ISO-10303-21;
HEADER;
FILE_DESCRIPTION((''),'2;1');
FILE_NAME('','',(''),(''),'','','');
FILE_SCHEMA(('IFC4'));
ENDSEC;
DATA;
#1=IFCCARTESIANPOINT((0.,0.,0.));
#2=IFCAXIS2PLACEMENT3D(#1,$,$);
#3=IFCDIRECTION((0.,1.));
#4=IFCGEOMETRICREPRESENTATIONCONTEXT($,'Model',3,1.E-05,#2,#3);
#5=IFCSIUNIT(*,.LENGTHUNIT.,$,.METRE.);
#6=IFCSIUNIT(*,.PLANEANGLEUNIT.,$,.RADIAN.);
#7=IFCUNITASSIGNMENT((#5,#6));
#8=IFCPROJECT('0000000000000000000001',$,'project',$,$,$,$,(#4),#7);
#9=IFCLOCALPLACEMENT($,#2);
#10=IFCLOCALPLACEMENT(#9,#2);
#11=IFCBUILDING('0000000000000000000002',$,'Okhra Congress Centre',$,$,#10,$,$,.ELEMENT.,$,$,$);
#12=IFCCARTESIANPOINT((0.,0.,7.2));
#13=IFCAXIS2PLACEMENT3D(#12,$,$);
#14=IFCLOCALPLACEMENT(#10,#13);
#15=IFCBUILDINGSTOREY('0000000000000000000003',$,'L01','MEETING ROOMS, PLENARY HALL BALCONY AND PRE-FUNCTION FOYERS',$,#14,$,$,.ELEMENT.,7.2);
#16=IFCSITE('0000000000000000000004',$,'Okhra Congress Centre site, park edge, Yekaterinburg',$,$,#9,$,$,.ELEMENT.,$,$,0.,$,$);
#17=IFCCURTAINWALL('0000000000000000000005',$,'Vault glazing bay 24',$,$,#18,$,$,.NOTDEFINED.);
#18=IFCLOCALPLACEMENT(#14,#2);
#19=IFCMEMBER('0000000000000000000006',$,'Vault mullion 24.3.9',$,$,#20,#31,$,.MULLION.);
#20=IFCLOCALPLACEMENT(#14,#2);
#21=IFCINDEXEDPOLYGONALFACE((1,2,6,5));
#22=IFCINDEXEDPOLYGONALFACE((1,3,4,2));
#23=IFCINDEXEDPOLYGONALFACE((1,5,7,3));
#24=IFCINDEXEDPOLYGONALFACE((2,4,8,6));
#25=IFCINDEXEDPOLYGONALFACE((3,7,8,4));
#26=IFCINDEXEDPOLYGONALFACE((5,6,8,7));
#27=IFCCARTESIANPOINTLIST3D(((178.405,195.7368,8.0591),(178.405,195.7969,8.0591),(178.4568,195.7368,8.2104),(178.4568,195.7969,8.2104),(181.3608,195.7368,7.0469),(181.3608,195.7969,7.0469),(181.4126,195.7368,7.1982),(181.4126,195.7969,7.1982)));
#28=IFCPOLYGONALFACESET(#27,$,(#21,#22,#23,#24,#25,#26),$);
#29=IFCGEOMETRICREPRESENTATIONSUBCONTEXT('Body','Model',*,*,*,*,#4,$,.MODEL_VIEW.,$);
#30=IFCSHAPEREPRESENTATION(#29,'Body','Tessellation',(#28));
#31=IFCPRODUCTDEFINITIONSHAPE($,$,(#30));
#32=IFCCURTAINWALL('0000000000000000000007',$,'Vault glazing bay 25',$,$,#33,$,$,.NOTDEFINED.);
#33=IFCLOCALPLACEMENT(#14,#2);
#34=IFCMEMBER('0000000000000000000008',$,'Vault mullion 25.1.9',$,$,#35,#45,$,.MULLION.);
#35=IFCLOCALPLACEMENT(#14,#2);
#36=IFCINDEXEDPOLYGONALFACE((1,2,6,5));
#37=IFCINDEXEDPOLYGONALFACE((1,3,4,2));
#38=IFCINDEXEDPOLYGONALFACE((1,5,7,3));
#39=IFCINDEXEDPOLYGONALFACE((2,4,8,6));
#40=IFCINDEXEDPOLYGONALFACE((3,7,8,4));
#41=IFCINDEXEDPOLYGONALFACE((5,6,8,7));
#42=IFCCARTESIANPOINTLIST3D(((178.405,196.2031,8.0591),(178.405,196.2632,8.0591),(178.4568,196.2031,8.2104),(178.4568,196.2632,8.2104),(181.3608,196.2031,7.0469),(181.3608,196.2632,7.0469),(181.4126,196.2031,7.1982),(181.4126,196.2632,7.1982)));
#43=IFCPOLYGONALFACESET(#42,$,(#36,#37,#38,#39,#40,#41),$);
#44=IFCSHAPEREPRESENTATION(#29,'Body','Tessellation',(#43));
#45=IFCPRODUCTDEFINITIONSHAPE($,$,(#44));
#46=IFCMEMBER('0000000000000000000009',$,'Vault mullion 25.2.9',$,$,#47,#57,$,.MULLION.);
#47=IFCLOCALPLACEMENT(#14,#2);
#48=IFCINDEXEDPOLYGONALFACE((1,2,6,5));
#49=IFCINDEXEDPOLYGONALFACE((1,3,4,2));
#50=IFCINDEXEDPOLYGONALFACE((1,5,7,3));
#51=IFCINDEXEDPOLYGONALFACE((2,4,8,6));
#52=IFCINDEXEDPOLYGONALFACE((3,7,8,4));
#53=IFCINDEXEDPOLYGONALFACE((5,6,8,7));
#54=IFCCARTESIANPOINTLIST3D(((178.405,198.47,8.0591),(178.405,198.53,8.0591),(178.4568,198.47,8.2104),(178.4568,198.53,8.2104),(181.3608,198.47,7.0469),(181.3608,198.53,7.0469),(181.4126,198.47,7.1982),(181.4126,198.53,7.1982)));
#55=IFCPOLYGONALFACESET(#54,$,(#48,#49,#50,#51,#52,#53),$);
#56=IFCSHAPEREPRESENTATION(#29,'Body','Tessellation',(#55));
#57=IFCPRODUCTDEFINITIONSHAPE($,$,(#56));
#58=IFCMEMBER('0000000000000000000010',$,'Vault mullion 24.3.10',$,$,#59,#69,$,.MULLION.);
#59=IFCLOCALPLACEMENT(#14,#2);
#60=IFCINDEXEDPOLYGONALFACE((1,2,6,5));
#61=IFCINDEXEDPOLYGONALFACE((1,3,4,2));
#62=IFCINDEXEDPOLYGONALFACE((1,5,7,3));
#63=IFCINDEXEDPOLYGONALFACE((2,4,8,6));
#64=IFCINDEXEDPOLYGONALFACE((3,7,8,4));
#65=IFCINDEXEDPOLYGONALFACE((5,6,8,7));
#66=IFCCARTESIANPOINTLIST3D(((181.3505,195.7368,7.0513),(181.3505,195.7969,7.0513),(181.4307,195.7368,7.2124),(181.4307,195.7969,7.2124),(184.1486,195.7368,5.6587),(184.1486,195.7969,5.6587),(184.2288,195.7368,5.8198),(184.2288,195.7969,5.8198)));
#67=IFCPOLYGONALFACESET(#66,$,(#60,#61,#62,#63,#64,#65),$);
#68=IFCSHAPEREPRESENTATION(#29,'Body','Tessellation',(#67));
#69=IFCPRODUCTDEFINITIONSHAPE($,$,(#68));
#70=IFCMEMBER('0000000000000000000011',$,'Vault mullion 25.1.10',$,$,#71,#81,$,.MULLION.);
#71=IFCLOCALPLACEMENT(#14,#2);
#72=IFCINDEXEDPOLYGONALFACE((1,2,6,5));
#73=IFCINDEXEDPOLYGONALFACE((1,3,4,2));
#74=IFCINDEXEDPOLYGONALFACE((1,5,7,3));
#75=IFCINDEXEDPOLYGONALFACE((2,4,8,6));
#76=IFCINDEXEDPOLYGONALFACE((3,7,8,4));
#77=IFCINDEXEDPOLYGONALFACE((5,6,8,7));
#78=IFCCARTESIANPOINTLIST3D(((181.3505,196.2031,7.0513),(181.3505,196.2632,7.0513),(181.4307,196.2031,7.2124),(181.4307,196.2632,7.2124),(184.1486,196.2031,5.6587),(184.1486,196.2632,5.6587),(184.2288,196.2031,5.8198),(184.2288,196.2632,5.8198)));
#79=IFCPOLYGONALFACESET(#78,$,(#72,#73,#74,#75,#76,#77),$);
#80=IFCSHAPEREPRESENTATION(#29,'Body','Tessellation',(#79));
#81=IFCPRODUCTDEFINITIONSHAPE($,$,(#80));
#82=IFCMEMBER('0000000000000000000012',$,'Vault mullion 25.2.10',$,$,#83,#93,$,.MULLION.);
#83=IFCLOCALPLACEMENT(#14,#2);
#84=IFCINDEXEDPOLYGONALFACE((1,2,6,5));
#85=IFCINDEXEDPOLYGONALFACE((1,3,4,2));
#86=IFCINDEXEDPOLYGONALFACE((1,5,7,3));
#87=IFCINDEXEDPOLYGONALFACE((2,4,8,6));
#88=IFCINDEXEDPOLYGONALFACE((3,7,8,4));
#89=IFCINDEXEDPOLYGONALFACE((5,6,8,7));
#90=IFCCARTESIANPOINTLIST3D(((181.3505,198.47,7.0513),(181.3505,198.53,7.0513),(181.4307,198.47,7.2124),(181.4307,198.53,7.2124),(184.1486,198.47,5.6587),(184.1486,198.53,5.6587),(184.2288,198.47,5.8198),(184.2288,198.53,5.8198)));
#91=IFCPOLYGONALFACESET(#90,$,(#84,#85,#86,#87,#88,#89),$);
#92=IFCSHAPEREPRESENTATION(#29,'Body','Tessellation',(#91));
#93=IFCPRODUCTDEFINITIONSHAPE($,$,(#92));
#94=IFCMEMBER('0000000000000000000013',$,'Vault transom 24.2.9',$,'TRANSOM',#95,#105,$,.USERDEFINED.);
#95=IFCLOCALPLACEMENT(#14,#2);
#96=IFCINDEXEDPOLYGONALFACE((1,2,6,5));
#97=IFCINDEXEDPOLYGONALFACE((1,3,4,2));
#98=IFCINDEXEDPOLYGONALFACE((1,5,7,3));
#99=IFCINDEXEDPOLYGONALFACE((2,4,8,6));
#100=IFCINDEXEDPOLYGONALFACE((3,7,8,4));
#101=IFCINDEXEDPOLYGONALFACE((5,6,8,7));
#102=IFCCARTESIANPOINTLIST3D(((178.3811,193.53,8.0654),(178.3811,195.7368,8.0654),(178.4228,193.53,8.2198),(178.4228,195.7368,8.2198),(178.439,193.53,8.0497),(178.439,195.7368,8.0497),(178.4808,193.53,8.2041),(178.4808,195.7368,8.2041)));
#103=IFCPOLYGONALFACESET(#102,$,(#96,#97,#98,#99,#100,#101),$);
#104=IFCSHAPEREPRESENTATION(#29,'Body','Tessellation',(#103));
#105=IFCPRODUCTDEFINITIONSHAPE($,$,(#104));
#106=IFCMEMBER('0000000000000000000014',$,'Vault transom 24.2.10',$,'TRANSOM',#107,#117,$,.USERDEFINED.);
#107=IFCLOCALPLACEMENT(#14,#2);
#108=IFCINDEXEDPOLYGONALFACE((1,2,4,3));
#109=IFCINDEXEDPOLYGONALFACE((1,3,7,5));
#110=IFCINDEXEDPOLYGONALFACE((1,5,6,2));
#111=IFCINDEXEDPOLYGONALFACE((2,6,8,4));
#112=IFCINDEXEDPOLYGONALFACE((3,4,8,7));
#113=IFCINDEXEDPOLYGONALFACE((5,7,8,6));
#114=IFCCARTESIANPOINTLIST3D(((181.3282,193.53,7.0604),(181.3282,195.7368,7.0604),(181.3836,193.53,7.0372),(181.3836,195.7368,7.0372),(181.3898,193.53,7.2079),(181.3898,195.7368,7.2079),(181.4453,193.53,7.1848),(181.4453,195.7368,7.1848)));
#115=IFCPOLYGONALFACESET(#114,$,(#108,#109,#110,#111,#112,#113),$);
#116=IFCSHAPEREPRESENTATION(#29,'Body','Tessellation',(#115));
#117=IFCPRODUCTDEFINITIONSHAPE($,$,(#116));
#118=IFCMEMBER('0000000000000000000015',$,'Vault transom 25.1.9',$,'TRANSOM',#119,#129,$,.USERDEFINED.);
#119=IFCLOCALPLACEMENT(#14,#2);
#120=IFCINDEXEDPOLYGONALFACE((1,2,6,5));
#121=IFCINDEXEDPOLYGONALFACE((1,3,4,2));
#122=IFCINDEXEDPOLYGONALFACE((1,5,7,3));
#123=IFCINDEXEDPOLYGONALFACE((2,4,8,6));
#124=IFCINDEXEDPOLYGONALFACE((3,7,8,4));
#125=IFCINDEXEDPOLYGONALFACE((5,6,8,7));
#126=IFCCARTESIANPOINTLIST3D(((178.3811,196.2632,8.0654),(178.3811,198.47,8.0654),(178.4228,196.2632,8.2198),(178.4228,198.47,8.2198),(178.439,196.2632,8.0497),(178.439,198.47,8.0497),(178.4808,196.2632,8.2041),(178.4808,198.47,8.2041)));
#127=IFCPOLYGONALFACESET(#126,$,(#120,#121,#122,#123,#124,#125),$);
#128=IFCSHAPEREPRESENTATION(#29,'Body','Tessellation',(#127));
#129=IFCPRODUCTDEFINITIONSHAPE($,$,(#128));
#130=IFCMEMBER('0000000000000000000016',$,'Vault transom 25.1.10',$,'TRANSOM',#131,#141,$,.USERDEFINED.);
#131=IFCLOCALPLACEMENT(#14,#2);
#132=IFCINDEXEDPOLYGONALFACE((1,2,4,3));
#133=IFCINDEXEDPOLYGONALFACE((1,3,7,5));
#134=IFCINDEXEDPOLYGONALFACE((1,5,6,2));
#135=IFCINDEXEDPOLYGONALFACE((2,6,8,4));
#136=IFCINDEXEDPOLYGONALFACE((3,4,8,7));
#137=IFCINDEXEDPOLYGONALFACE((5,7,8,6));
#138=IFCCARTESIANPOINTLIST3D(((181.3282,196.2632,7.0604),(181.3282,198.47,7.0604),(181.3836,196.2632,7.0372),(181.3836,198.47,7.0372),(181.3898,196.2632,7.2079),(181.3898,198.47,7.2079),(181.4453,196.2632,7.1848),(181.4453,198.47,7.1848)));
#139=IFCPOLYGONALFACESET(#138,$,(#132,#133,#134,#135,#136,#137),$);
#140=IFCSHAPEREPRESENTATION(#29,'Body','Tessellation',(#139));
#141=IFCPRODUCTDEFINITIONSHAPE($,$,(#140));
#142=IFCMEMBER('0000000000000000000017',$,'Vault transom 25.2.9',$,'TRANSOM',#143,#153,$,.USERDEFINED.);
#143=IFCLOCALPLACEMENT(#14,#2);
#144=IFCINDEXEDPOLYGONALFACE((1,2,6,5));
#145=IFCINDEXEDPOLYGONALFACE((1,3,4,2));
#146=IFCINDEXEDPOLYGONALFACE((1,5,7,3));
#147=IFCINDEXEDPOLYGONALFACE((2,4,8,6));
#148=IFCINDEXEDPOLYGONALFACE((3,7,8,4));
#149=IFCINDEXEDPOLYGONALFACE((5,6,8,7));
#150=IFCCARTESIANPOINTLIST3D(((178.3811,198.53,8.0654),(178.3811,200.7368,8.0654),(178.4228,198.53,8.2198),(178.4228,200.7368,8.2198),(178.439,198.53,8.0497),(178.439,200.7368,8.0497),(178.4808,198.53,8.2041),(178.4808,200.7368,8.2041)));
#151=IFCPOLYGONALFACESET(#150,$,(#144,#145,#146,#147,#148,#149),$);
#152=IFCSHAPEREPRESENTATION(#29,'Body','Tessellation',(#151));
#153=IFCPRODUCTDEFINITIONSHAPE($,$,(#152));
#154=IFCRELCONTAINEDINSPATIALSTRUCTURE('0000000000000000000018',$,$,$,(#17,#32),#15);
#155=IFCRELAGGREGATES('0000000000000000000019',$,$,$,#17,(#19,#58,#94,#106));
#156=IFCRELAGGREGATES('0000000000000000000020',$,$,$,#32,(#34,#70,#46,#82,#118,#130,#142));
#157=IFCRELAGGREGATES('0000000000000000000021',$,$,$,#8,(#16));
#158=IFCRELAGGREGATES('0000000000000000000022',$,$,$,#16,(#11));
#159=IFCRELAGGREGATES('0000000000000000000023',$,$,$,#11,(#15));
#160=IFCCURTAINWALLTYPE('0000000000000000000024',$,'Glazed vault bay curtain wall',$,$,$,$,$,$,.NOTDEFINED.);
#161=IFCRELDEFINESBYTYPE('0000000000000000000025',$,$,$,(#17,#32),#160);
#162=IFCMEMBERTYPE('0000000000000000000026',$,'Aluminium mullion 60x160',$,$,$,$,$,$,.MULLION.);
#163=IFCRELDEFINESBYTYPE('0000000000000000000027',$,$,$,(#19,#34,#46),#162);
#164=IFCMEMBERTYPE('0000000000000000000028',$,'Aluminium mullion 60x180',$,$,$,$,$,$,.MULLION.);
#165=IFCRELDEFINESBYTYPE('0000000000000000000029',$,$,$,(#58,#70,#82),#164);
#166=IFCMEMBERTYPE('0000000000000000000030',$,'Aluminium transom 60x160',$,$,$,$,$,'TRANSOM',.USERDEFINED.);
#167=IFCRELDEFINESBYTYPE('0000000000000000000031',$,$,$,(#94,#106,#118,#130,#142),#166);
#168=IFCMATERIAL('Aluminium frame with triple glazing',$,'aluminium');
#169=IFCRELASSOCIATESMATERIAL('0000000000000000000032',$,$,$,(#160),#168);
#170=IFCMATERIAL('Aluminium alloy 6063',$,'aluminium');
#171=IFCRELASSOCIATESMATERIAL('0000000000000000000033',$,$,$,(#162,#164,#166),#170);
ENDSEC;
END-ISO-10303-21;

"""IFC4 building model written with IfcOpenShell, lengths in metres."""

from ifc_helpers import new_model, si_unit, direction, frame, origin, origin_2d, place, context, subcontext, project, spatial, rectangle, extrude, material, material_profile, profile_set, type_object, element, aggregate, save


model = new_model("IFC4")

# Units and contexts
model_context = context("Model", 3, precision=1e-05, world=origin(), true_north=direction((0.0, 1.0)))
body_context = subcontext(model_context, "Body", "Model", "MODEL_VIEW")
ifc_project = project(units=[si_unit("LENGTHUNIT", "METRE"), si_unit("PLANEANGLEUNIT", "RADIAN")], contexts=[model_context])

# Site, building, storey
site_placement = place(None, origin())
site = spatial("IfcSite", under=ifc_project, at=site_placement, Name="Okhra Congress Centre site, park edge, Yekaterinburg", CompositionType="ELEMENT", RefElevation=0.0)
building_placement = place(site_placement, origin())
building = spatial("IfcBuilding", under=site, at=building_placement, Name="Okhra Congress Centre", CompositionType="ELEMENT")
storey_placement = place(building_placement, frame((0.0, 0.0, 7.2)))
storey = spatial("IfcBuildingStorey", under=building, at=storey_placement, Name="L01", Description="MEETING ROOMS, PLENARY HALL BALCONY AND PRE-FUNCTION FOYERS", CompositionType="ELEMENT", Elevation=7.2)

# Curtain wall, member
ifc_material_1 = material(Name="Aluminium frame with triple glazing", Category="aluminium")
curtain_wall_type = type_object("IfcCurtainWallType", Name="Glazed vault bay curtain wall", PredefinedType="NOTDEFINED", material=ifc_material_1)
curtain_wall_1_placement = place(storey_placement, origin())
curtain_wall_1 = element("IfcCurtainWall", 1, at=curtain_wall_1_placement, inside=storey, type_object=curtain_wall_type, Name="Vault glazing bay 24", PredefinedType="NOTDEFINED")
ifc_material_2 = material(Name="Aluminium alloy 6063", Category="aluminium")
ifc_material_profile_1 = material_profile(ifc_material_2, rectangle(XDim=0.0601, YDim=0.1599, at=origin_2d()), Name="AL 60x160")
ifc_profile_set_1 = profile_set([ifc_material_profile_1], Name="Aluminium alloy 6063")
member_type_1 = type_object("IfcMemberType", Name="Aluminium mullion 60x160", PredefinedType="MULLION", material=ifc_profile_set_1)
member_1_placement = place(storey_placement, frame((178.4309, 195.7668, 8.1348), z_axis=(0.946065, 0.0, -0.323977), x_axis=(0.0, 1.0, 0.0)))
member_1 = element("IfcMember", 2, at=member_1_placement, type_object=member_type_1, Name="Vault mullion 24.3.9", PredefinedType="MULLION", context=body_context, shape_type="SweptSolid", body=[
    extrude(rectangle(XDim=0.0601, YDim=0.1599, at=origin_2d()), origin(), (0.0, 0.0, 1.0), 3.1243),
])

# Curtain wall, members
curtain_wall_2_placement = place(storey_placement, origin())
curtain_wall_2 = element("IfcCurtainWall", 3, at=curtain_wall_2_placement, inside=storey, type_object=curtain_wall_type, Name="Vault glazing bay 25", PredefinedType="NOTDEFINED")
member_2_placement = place(storey_placement, frame((178.4309, 196.2332, 8.1348), z_axis=(0.946065, 0.0, -0.323977), x_axis=(0.0, 1.0, 0.0)))
member_2 = element("IfcMember", 4, at=member_2_placement, type_object=member_type_1, Name="Vault mullion 25.1.9", PredefinedType="MULLION", context=body_context, shape_type="SweptSolid", body=[
    extrude(rectangle(XDim=0.0601, YDim=0.1599, at=origin_2d()), origin(), (0.0, 0.0, 1.0), 3.1243),
])
member_3_placement = place(storey_placement, frame((178.4309, 198.5, 8.1348), z_axis=(0.946065, 0.0, -0.323977), x_axis=(0.0, 1.0, 0.0)))
member_3 = element("IfcMember", 5, at=member_3_placement, type_object=member_type_1, Name="Vault mullion 25.2.9", PredefinedType="MULLION", context=body_context, shape_type="SweptSolid", body=[
    extrude(rectangle(XDim=0.0601, YDim=0.1599, at=origin_2d()), origin(), (0.0, 0.0, 1.0), 3.1243),
])

# Members
ifc_material_profile_2 = material_profile(ifc_material_2, rectangle(XDim=0.0601, YDim=0.1799, at=origin_2d()), Name="AL 60x180")
ifc_profile_set_2 = profile_set([ifc_material_profile_2], Name="Aluminium alloy 6063")
member_type_2 = type_object("IfcMemberType", Name="Aluminium mullion 60x180", PredefinedType="MULLION", material=ifc_profile_set_2)
member_4_placement = place(storey_placement, frame((181.3906, 195.7668, 7.1318), z_axis=(0.895254, 0.0, -0.445557), x_axis=(0.0, 1.0, 0.0)))
member_4 = element("IfcMember", 6, at=member_4_placement, type_object=member_type_2, Name="Vault mullion 24.3.10", PredefinedType="MULLION", context=body_context, shape_type="SweptSolid", body=[
    extrude(rectangle(XDim=0.0601, YDim=0.1799, at=origin_2d()), origin(), (0.0, 0.0, 1.0), 3.1255),
])
member_5_placement = place(storey_placement, frame((181.3906, 196.2332, 7.1318), z_axis=(0.895254, 0.0, -0.445557), x_axis=(0.0, 1.0, 0.0)))
member_5 = element("IfcMember", 7, at=member_5_placement, type_object=member_type_2, Name="Vault mullion 25.1.10", PredefinedType="MULLION", context=body_context, shape_type="SweptSolid", body=[
    extrude(rectangle(XDim=0.0601, YDim=0.1799, at=origin_2d()), origin(), (0.0, 0.0, 1.0), 3.1255),
])
member_6_placement = place(storey_placement, frame((181.3906, 198.5, 7.1318), z_axis=(0.895254, 0.0, -0.445557), x_axis=(0.0, 1.0, 0.0)))
member_6 = element("IfcMember", 8, at=member_6_placement, type_object=member_type_2, Name="Vault mullion 25.2.10", PredefinedType="MULLION", context=body_context, shape_type="SweptSolid", body=[
    extrude(rectangle(XDim=0.0601, YDim=0.1799, at=origin_2d()), origin(), (0.0, 0.0, 1.0), 3.1255),
])
ifc_material_profile_3 = material_profile(ifc_material_2, rectangle(XDim=0.0601, YDim=0.1599, at=origin_2d()), Name="AL 60x160 transom")
ifc_profile_set_3 = profile_set([ifc_material_profile_3], Name="Aluminium alloy 6063")
member_type_3 = type_object("IfcMemberType", Name="Aluminium transom 60x160", ElementType="TRANSOM", PredefinedType="USERDEFINED", material=ifc_profile_set_3)
member_7_placement = place(storey_placement, frame((178.4309, 193.53, 8.1348), z_axis=(0.0, 1.0, 0.0), x_axis=(-0.96538, 0.0, 0.260848)))
member_7 = element("IfcMember", 9, at=member_7_placement, type_object=member_type_3, Name="Vault transom 24.2.9", ObjectType="TRANSOM", PredefinedType="USERDEFINED", context=body_context, shape_type="SweptSolid", body=[
    extrude(rectangle(XDim=0.0601, YDim=0.1599, at=origin_2d()), origin(), (0.0, 0.0, 1.0), 2.2068),
])
member_8_placement = place(storey_placement, frame((181.3867, 193.53, 7.1226), z_axis=(0.0, 1.0, 0.0), x_axis=(-0.922669, 0.0, 0.385593)))
member_8 = element("IfcMember", 10, at=member_8_placement, type_object=member_type_3, Name="Vault transom 24.2.10", ObjectType="TRANSOM", PredefinedType="USERDEFINED", context=body_context, shape_type="SweptSolid", body=[
    extrude(rectangle(XDim=0.0601, YDim=0.1599, at=origin_2d()), origin(), (0.0, 0.0, 1.0), 2.2068),
])
member_9_placement = place(storey_placement, frame((178.4309, 196.2632, 8.1348), z_axis=(0.0, 1.0, 0.0), x_axis=(-0.96538, 0.0, 0.260848)))
member_9 = element("IfcMember", 11, at=member_9_placement, type_object=member_type_3, Name="Vault transom 25.1.9", ObjectType="TRANSOM", PredefinedType="USERDEFINED", context=body_context, shape_type="SweptSolid", body=[
    extrude(rectangle(XDim=0.0601, YDim=0.1599, at=origin_2d()), origin(), (0.0, 0.0, 1.0), 2.2068),
])
member_10_placement = place(storey_placement, frame((181.3867, 196.2632, 7.1226), z_axis=(0.0, 1.0, 0.0), x_axis=(-0.922669, 0.0, 0.385593)))
member_10 = element("IfcMember", 12, at=member_10_placement, type_object=member_type_3, Name="Vault transom 25.1.10", ObjectType="TRANSOM", PredefinedType="USERDEFINED", context=body_context, shape_type="SweptSolid", body=[
    extrude(rectangle(XDim=0.0601, YDim=0.1599, at=origin_2d()), origin(), (0.0, 0.0, 1.0), 2.2068),
])
member_11_placement = place(storey_placement, frame((178.4309, 198.53, 8.1348), z_axis=(0.0, 1.0, 0.0), x_axis=(-0.96538, 0.0, 0.260848)))
member_11 = element("IfcMember", 13, at=member_11_placement, type_object=member_type_3, Name="Vault transom 25.2.9", ObjectType="TRANSOM", PredefinedType="USERDEFINED", context=body_context, shape_type="SweptSolid", body=[
    extrude(rectangle(XDim=0.0601, YDim=0.1599, at=origin_2d()), origin(), (0.0, 0.0, 1.0), 2.2068),
])

aggregate(curtain_wall_1, [member_1, member_4, member_7, member_8])
aggregate(curtain_wall_2, [member_2, member_5, member_3, member_6, member_9, member_10, member_11])

save(model, "model.ifc")
